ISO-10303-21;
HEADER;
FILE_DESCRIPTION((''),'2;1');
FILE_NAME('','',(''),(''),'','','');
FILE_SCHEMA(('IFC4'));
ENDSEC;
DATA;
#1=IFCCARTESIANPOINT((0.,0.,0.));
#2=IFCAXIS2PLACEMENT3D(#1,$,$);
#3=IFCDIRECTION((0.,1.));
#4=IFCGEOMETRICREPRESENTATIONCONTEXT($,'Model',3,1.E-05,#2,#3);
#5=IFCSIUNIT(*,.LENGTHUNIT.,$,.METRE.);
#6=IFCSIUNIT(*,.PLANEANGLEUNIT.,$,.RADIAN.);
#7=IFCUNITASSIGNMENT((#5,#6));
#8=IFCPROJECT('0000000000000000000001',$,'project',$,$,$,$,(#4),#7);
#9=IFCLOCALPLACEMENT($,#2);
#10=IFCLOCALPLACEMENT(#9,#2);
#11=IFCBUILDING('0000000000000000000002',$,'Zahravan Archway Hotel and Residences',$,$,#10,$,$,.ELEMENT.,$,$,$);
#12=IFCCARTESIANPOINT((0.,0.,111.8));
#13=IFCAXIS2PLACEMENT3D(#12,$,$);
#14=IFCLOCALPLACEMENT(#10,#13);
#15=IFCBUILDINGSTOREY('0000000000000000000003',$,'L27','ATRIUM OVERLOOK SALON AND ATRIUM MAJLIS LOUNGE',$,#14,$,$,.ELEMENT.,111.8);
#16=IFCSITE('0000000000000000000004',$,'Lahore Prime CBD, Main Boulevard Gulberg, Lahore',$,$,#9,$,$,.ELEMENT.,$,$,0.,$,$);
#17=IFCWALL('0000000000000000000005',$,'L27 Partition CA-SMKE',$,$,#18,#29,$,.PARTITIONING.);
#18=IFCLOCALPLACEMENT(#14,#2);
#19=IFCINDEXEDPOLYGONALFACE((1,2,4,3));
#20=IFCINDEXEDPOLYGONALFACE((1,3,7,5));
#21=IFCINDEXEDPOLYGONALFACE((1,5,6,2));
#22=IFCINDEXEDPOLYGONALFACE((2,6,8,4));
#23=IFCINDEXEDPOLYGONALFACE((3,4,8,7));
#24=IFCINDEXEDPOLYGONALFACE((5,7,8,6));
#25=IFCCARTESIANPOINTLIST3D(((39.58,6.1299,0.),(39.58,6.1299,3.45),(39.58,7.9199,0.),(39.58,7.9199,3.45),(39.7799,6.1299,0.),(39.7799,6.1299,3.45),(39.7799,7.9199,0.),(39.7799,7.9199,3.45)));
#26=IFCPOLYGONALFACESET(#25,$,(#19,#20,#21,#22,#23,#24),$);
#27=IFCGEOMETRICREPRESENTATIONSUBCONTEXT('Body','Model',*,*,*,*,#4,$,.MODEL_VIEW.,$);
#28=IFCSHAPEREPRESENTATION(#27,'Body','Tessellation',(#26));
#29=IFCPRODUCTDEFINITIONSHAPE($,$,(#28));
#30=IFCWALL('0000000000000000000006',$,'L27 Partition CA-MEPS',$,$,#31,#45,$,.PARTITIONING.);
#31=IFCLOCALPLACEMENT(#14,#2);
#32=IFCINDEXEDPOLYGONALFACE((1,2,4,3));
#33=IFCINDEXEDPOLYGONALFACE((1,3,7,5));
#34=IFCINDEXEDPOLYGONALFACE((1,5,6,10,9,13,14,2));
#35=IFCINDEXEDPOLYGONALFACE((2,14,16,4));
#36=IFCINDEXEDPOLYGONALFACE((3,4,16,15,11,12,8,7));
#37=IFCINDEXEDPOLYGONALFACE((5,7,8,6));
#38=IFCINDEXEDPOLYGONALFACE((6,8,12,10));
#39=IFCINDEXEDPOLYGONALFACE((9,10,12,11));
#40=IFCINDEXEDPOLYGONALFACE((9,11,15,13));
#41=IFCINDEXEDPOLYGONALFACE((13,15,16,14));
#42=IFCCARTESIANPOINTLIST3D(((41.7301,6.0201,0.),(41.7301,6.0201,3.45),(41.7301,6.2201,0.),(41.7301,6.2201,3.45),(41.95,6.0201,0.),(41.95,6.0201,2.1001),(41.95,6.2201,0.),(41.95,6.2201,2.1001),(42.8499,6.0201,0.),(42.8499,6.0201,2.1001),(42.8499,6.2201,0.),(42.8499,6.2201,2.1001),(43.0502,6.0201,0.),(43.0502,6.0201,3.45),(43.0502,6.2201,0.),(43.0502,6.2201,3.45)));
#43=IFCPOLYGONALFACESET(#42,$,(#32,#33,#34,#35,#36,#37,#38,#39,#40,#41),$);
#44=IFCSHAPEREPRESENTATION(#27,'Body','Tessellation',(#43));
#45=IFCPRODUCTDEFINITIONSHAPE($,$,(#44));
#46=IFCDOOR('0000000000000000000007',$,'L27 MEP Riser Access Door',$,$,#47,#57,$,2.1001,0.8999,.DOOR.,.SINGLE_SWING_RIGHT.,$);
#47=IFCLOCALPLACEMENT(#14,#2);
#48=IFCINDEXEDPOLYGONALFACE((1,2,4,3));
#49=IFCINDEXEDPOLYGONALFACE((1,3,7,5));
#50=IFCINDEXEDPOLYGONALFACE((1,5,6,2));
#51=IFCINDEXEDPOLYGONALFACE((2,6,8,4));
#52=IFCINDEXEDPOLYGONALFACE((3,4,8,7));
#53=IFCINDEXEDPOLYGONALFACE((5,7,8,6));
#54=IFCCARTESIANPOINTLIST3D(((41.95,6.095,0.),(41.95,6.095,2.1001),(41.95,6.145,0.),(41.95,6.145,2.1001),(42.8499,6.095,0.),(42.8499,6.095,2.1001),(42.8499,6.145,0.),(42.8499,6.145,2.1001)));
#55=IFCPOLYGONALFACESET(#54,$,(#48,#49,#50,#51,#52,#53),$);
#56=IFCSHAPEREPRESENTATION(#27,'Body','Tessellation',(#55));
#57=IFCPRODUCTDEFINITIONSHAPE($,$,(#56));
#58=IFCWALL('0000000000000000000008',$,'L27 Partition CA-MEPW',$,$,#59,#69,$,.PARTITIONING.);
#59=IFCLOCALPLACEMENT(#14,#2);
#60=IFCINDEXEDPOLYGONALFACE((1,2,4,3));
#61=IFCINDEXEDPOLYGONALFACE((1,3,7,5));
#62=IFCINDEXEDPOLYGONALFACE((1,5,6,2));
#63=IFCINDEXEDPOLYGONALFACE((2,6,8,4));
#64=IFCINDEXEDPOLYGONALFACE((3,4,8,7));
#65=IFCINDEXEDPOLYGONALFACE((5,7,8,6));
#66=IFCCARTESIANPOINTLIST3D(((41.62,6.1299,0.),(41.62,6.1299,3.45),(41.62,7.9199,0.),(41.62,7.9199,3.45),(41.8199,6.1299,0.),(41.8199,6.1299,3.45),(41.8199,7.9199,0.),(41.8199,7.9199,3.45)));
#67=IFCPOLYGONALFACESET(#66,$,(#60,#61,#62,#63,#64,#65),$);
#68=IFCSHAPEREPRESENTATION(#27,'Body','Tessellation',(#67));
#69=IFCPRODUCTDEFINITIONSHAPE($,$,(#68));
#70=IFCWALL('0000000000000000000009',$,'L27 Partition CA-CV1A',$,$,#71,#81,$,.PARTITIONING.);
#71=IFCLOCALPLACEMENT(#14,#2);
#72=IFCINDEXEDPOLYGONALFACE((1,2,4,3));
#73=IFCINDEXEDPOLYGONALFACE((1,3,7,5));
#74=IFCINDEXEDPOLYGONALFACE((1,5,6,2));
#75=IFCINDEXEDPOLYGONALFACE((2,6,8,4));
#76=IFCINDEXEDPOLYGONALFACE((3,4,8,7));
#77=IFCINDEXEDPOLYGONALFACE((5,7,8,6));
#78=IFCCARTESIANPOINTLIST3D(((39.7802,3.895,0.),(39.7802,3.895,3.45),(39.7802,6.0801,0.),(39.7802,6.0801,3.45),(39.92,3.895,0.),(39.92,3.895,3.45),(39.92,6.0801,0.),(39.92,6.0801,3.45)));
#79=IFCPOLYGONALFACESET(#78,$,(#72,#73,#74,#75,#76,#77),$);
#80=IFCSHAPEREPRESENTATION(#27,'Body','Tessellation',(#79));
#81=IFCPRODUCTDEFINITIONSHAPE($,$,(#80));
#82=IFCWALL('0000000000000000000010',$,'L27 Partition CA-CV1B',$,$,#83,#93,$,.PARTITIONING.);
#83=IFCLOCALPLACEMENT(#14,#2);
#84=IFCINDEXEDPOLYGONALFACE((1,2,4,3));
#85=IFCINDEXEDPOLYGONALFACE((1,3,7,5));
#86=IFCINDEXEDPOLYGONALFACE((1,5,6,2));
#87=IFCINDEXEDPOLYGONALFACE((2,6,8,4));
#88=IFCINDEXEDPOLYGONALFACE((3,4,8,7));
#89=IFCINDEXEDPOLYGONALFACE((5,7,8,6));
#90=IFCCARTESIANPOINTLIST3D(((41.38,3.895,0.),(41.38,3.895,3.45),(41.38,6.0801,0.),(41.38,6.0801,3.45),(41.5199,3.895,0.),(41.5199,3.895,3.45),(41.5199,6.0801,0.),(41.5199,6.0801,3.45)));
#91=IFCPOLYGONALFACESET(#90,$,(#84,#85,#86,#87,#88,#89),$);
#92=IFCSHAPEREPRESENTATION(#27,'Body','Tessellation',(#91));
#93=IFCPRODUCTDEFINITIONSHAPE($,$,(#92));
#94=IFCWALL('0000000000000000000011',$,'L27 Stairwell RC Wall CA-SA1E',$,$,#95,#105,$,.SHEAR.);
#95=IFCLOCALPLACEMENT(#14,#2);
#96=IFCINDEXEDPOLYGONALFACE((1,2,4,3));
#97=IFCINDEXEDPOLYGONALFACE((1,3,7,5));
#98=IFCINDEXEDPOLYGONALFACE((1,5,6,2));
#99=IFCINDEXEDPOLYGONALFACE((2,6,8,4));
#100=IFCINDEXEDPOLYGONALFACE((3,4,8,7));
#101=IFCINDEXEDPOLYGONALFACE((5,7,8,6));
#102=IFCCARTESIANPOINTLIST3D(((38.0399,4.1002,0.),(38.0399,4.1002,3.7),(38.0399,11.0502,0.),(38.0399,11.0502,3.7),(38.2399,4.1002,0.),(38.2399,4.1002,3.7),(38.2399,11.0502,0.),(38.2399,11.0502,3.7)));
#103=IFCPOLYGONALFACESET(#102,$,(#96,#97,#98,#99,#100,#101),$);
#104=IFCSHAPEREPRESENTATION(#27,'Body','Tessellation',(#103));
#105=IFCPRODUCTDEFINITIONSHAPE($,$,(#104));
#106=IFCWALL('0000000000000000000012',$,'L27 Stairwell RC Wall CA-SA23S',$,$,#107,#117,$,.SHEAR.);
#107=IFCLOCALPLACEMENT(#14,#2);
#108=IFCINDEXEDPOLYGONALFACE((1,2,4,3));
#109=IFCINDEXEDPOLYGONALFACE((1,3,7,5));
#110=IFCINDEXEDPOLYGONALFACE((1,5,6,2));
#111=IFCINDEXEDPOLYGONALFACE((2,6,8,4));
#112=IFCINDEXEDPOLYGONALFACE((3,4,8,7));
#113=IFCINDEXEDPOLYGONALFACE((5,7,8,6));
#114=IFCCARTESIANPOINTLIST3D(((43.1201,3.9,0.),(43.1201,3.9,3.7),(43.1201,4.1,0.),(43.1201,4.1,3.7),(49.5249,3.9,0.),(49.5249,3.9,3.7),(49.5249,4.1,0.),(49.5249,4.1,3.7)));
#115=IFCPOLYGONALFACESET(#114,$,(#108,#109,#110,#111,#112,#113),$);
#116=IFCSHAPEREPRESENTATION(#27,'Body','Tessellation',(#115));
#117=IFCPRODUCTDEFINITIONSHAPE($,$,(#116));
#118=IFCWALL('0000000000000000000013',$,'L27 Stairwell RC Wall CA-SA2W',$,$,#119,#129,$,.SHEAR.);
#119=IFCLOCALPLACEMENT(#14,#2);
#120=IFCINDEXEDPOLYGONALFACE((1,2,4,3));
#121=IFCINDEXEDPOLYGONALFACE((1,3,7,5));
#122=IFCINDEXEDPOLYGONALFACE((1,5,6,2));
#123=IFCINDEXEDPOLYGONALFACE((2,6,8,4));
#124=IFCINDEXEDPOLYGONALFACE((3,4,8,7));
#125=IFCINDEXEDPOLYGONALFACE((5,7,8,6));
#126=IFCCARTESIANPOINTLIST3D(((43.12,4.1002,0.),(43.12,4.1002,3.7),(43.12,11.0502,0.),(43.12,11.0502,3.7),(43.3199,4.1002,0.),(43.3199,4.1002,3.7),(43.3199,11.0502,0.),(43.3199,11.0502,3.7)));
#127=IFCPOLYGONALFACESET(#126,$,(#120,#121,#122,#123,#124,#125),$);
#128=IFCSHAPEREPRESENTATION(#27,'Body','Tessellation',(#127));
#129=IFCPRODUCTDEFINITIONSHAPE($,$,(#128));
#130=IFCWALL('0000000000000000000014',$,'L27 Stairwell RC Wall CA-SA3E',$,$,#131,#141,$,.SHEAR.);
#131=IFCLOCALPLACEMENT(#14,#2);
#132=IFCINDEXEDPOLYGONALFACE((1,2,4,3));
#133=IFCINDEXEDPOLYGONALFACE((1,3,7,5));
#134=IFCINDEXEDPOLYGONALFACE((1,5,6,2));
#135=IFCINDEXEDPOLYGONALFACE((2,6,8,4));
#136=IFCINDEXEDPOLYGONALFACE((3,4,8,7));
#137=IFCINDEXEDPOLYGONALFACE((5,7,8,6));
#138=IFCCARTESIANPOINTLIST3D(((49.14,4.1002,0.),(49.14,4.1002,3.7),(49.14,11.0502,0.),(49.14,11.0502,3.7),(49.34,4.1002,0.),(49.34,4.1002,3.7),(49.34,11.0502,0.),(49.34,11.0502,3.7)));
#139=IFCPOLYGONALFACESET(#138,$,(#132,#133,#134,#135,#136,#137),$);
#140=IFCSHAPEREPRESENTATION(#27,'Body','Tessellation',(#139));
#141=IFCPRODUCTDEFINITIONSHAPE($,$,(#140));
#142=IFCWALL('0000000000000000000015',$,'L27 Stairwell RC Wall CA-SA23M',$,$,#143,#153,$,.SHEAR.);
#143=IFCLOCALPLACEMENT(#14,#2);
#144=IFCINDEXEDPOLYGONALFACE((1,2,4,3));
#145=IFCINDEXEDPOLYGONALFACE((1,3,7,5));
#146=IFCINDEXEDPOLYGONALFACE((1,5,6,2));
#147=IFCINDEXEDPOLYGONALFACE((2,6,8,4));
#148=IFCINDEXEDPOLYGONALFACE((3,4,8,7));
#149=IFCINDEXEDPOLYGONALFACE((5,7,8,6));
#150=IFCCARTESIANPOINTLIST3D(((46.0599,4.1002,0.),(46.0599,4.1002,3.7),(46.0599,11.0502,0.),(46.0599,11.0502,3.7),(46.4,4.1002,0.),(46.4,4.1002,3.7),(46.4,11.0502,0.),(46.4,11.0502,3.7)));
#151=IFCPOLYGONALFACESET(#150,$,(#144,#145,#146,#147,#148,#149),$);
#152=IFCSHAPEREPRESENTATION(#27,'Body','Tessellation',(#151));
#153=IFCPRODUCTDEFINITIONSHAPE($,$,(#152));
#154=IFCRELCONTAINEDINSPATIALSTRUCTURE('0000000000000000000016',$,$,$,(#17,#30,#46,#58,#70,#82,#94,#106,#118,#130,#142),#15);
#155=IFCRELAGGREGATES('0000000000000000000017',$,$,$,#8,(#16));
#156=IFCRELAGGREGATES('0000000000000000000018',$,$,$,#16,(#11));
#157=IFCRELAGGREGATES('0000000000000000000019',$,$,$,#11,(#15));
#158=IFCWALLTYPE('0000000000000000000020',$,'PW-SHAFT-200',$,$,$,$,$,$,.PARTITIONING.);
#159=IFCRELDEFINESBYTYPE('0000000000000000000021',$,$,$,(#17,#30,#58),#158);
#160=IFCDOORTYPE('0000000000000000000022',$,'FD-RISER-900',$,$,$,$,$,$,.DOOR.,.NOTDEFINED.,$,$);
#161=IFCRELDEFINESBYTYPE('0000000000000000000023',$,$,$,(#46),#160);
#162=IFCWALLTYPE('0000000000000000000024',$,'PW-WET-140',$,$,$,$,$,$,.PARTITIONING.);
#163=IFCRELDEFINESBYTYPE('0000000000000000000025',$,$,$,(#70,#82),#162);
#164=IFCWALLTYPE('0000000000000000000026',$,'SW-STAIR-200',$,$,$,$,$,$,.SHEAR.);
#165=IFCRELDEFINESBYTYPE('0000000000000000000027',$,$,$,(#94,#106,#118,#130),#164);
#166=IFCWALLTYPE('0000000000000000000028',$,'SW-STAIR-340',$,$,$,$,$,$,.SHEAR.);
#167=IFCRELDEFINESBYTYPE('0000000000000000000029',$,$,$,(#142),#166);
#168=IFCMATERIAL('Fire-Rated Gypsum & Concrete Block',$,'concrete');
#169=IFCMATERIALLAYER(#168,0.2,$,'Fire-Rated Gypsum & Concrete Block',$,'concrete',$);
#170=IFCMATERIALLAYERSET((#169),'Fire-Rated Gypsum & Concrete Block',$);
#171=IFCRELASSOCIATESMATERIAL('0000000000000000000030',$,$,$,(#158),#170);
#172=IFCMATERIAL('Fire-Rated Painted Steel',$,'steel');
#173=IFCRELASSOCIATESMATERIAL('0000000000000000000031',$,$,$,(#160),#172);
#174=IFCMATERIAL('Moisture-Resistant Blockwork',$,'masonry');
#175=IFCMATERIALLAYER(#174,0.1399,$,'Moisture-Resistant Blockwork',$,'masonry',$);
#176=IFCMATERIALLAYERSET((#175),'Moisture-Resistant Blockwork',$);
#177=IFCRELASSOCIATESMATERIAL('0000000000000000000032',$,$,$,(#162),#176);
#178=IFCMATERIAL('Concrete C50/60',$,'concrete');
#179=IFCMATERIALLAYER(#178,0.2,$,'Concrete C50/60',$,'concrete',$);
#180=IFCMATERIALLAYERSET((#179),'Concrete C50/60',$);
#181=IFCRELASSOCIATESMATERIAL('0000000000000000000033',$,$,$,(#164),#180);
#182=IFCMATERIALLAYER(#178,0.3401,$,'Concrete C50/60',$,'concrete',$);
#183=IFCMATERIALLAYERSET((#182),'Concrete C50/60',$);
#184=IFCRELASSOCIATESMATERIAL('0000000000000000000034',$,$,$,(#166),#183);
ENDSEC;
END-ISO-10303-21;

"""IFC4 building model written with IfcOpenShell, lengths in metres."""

from ifc_helpers import new_model, si_unit, direction, frame, frame_2d, origin, place, context, subcontext, project, spatial, rectangle, extrude, source, transform, mapped, material, layer, layer_set, type_object, type_shapes, element, fill, save


model = new_model("IFC4")

# Units and contexts
model_context = context("Model", 3, precision=1e-05, world=origin(), true_north=direction((0.0, 1.0)))
body_context = subcontext(model_context, "Body", "Model", "MODEL_VIEW")
ifc_project = project(units=[si_unit("LENGTHUNIT", "METRE"), si_unit("PLANEANGLEUNIT", "RADIAN")], contexts=[model_context])

# Site, building, storey
site_placement = place(None, origin())
site = spatial("IfcSite", under=ifc_project, at=site_placement, Name="Lahore Prime CBD, Main Boulevard Gulberg, Lahore", CompositionType="ELEMENT", RefElevation=0.0)
building_placement = place(site_placement, origin())
building = spatial("IfcBuilding", under=site, at=building_placement, Name="Zahravan Archway Hotel and Residences", CompositionType="ELEMENT")
storey_placement = place(building_placement, frame((0.0, 0.0, 111.8)))
storey = spatial("IfcBuildingStorey", under=building, at=storey_placement, Name="L27", Description="ATRIUM OVERLOOK SALON AND ATRIUM MAJLIS LOUNGE", CompositionType="ELEMENT", Elevation=111.8)

# Shared definitions
ifc_material_1 = material(Name="Fire-Rated Gypsum & Concrete Block", Category="concrete")
ifc_layer_1 = layer(ifc_material_1, 0.2, Name="Fire-Rated Gypsum & Concrete Block", Category="concrete")
ifc_layer_set_1 = layer_set([ifc_layer_1], Name="Fire-Rated Gypsum & Concrete Block")
wall_type_1 = type_object("IfcWallType", Name="PW-SHAFT-200", PredefinedType="PARTITIONING", material=ifc_layer_set_1)
ifc_material_2 = material(Name="Fire-Rated Painted Steel", Category="steel")
door_type = type_object("IfcDoorType", Name="FD-RISER-900", OperationType="NOTDEFINED", PredefinedType="DOOR", material=ifc_material_2)
shared_shape_1 = source(origin(), body_context, "Body", "SweptSolid", [
    extrude(rectangle(XDim=0.8999, YDim=2.1001, at=frame_2d((0.45, 1.05))), frame((0.0, 0.0249, 0.0), z_axis=(0.0, -1.0, 0.0), x_axis=(1.0, 0.0, 0.0)), (0.0, 0.0, 1.0), 0.05),
])
type_shapes(door_type, [shared_shape_1])

# Wall
wall_1_placement = place(storey_placement, frame((39.6799, 6.1299, 0.0), z_axis=(0.0, 0.0, 1.0), x_axis=(0.0, 1.0, 0.0)))
element("IfcWall", 1, at=wall_1_placement, inside=storey, type_object=wall_type_1, Name="L27 Partition CA-SMKE", PredefinedType="PARTITIONING", context=body_context, shape_type="SweptSolid", body=[
    extrude(rectangle(XDim=1.79, YDim=0.2, at=frame_2d((0.895, 0.0))), origin(), (0.0, 0.0, 1.0), 3.45),
])

# Wall, opening, door
wall_2_placement = place(storey_placement, frame((41.73, 6.1201, 0.0), z_axis=(0.0, 0.0, 1.0), x_axis=(1.0, 0.0, 0.0)))
wall_2 = element("IfcWall", 2, at=wall_2_placement, inside=storey, type_object=wall_type_1, Name="L27 Partition CA-MEPS", PredefinedType="PARTITIONING", context=body_context, shape_type="SweptSolid", body=[
    extrude(rectangle(XDim=1.3201, YDim=0.2, at=frame_2d((0.6602, 0.0))), origin(), (0.0, 0.0, 1.0), 3.45),
])
opening_1_placement = place(wall_2_placement, frame((0.22, 0.0, 0.0)))
opening_1 = element("IfcOpeningElement", 3, at=opening_1_placement, cuts=wall_2, PredefinedType="OPENING", context=body_context, shape_type="SweptSolid", body=[
    extrude(rectangle(XDim=0.8999, YDim=2.1001, at=frame_2d((0.45, 1.05))), frame((0.0, 0.1099, 0.0), z_axis=(0.0, -1.0, 0.0), x_axis=(1.0, 0.0, 0.0)), (0.0, 0.0, 1.0), 0.22),
])
door_1_placement = place(opening_1_placement, origin())
door_1 = element("IfcDoor", 4, at=door_1_placement, inside=storey, type_object=door_type, Name="L27 MEP Riser Access Door", OperationType="SINGLE_SWING_RIGHT", OverallHeight=2.1001, OverallWidth=0.8999, PredefinedType="DOOR", context=body_context, shape_type="MappedRepresentation", body=[
    mapped(shared_shape_1, transform((0.0, 0.0, 0.0), scale=1.0)),
])
fill(opening_1, door_1)

# Walls
wall_3_placement = place(storey_placement, frame((41.72, 6.1299, 0.0), z_axis=(0.0, 0.0, 1.0), x_axis=(0.0, 1.0, 0.0)))
element("IfcWall", 5, at=wall_3_placement, inside=storey, type_object=wall_type_1, Name="L27 Partition CA-MEPW", PredefinedType="PARTITIONING", context=body_context, shape_type="SweptSolid", body=[
    extrude(rectangle(XDim=1.79, YDim=0.2, at=frame_2d((0.895, 0.0))), origin(), (0.0, 0.0, 1.0), 3.45),
])
ifc_material_3 = material(Name="Moisture-Resistant Blockwork", Category="masonry")
ifc_layer_2 = layer(ifc_material_3, 0.1399, Name="Moisture-Resistant Blockwork", Category="masonry")
ifc_layer_set_2 = layer_set([ifc_layer_2], Name="Moisture-Resistant Blockwork")
wall_type_2 = type_object("IfcWallType", Name="PW-WET-140", PredefinedType="PARTITIONING", material=ifc_layer_set_2)
for number, where, z_axis, x_axis, name in (
    (6, (39.8501, 3.895, 0.0), (0.0, 0.0, 1.0), (0.0, 1.0, 0.0), "L27 Partition CA-CV1A"),
    (7, (41.45, 3.895, 0.0), (0.0, 0.0, 1.0), (0.0, 1.0, 0.0), "L27 Partition CA-CV1B"),
):
    element("IfcWall", number, at=place(storey_placement, frame(where, z_axis=z_axis, x_axis=x_axis)), inside=storey, type_object=wall_type_2, Name=name, PredefinedType="PARTITIONING", context=body_context, shape_type="SweptSolid", body=[
        extrude(rectangle(XDim=2.1851, YDim=0.1399, at=frame_2d((1.0925, 0.0))), origin(), (0.0, 0.0, 1.0), 3.45),
    ])
ifc_material_4 = material(Name="Concrete C50/60", Category="concrete")
ifc_layer_3 = layer(ifc_material_4, 0.2, Name="Concrete C50/60", Category="concrete")
ifc_layer_set_3 = layer_set([ifc_layer_3], Name="Concrete C50/60")
wall_type_3 = type_object("IfcWallType", Name="SW-STAIR-200", PredefinedType="SHEAR", material=ifc_layer_set_3)
wall_4_placement = place(storey_placement, frame((38.1399, 4.1001, 0.0), z_axis=(0.0, 0.0, 1.0), x_axis=(0.0, 1.0, 0.0)))
element("IfcWall", 8, at=wall_4_placement, inside=storey, type_object=wall_type_3, Name="L27 Stairwell RC Wall CA-SA1E", PredefinedType="SHEAR", context=body_context, shape_type="SweptSolid", body=[
    extrude(rectangle(XDim=6.95, YDim=0.2, at=frame_2d((3.4751, 0.0))), origin(), (0.0, 0.0, 1.0), 3.7),
])
wall_5_placement = place(storey_placement, frame((43.1201, 4.0, 0.0), z_axis=(0.0, 0.0, 1.0), x_axis=(1.0, 0.0, 0.0)))
element("IfcWall", 9, at=wall_5_placement, inside=storey, type_object=wall_type_3, Name="L27 Stairwell RC Wall CA-SA23S", PredefinedType="SHEAR", context=body_context, shape_type="SweptSolid", body=[
    extrude(rectangle(XDim=6.4048, YDim=0.2, at=frame_2d((3.2024, 0.0))), origin(), (0.0, 0.0, 1.0), 3.7),
])
for number, where, z_axis, x_axis, name in (
    (10, (43.22, 4.1001, 0.0), (0.0, 0.0, 1.0), (0.0, 1.0, 0.0), "L27 Stairwell RC Wall CA-SA2W"),
    (11, (49.24, 4.1001, 0.0), (0.0, 0.0, 1.0), (0.0, 1.0, 0.0), "L27 Stairwell RC Wall CA-SA3E"),
):
    element("IfcWall", number, at=place(storey_placement, frame(where, z_axis=z_axis, x_axis=x_axis)), inside=storey, type_object=wall_type_3, Name=name, PredefinedType="SHEAR", context=body_context, shape_type="SweptSolid", body=[
        extrude(rectangle(XDim=6.95, YDim=0.2, at=frame_2d((3.4751, 0.0))), origin(), (0.0, 0.0, 1.0), 3.7),
    ])
ifc_layer_4 = layer(ifc_material_4, 0.3401, Name="Concrete C50/60", Category="concrete")
ifc_layer_set_4 = layer_set([ifc_layer_4], Name="Concrete C50/60")
wall_type_4 = type_object("IfcWallType", Name="SW-STAIR-340", PredefinedType="SHEAR", material=ifc_layer_set_4)
wall_6_placement = place(storey_placement, frame((46.23, 4.1001, 0.0), z_axis=(0.0, 0.0, 1.0), x_axis=(0.0, 1.0, 0.0)))
element("IfcWall", 12, at=wall_6_placement, inside=storey, type_object=wall_type_4, Name="L27 Stairwell RC Wall CA-SA23M", PredefinedType="SHEAR", context=body_context, shape_type="SweptSolid", body=[
    extrude(rectangle(XDim=6.95, YDim=0.3401, at=frame_2d((3.4751, 0.0))), origin(), (0.0, 0.0, 1.0), 3.7),
])

save(model, "model.ifc")
